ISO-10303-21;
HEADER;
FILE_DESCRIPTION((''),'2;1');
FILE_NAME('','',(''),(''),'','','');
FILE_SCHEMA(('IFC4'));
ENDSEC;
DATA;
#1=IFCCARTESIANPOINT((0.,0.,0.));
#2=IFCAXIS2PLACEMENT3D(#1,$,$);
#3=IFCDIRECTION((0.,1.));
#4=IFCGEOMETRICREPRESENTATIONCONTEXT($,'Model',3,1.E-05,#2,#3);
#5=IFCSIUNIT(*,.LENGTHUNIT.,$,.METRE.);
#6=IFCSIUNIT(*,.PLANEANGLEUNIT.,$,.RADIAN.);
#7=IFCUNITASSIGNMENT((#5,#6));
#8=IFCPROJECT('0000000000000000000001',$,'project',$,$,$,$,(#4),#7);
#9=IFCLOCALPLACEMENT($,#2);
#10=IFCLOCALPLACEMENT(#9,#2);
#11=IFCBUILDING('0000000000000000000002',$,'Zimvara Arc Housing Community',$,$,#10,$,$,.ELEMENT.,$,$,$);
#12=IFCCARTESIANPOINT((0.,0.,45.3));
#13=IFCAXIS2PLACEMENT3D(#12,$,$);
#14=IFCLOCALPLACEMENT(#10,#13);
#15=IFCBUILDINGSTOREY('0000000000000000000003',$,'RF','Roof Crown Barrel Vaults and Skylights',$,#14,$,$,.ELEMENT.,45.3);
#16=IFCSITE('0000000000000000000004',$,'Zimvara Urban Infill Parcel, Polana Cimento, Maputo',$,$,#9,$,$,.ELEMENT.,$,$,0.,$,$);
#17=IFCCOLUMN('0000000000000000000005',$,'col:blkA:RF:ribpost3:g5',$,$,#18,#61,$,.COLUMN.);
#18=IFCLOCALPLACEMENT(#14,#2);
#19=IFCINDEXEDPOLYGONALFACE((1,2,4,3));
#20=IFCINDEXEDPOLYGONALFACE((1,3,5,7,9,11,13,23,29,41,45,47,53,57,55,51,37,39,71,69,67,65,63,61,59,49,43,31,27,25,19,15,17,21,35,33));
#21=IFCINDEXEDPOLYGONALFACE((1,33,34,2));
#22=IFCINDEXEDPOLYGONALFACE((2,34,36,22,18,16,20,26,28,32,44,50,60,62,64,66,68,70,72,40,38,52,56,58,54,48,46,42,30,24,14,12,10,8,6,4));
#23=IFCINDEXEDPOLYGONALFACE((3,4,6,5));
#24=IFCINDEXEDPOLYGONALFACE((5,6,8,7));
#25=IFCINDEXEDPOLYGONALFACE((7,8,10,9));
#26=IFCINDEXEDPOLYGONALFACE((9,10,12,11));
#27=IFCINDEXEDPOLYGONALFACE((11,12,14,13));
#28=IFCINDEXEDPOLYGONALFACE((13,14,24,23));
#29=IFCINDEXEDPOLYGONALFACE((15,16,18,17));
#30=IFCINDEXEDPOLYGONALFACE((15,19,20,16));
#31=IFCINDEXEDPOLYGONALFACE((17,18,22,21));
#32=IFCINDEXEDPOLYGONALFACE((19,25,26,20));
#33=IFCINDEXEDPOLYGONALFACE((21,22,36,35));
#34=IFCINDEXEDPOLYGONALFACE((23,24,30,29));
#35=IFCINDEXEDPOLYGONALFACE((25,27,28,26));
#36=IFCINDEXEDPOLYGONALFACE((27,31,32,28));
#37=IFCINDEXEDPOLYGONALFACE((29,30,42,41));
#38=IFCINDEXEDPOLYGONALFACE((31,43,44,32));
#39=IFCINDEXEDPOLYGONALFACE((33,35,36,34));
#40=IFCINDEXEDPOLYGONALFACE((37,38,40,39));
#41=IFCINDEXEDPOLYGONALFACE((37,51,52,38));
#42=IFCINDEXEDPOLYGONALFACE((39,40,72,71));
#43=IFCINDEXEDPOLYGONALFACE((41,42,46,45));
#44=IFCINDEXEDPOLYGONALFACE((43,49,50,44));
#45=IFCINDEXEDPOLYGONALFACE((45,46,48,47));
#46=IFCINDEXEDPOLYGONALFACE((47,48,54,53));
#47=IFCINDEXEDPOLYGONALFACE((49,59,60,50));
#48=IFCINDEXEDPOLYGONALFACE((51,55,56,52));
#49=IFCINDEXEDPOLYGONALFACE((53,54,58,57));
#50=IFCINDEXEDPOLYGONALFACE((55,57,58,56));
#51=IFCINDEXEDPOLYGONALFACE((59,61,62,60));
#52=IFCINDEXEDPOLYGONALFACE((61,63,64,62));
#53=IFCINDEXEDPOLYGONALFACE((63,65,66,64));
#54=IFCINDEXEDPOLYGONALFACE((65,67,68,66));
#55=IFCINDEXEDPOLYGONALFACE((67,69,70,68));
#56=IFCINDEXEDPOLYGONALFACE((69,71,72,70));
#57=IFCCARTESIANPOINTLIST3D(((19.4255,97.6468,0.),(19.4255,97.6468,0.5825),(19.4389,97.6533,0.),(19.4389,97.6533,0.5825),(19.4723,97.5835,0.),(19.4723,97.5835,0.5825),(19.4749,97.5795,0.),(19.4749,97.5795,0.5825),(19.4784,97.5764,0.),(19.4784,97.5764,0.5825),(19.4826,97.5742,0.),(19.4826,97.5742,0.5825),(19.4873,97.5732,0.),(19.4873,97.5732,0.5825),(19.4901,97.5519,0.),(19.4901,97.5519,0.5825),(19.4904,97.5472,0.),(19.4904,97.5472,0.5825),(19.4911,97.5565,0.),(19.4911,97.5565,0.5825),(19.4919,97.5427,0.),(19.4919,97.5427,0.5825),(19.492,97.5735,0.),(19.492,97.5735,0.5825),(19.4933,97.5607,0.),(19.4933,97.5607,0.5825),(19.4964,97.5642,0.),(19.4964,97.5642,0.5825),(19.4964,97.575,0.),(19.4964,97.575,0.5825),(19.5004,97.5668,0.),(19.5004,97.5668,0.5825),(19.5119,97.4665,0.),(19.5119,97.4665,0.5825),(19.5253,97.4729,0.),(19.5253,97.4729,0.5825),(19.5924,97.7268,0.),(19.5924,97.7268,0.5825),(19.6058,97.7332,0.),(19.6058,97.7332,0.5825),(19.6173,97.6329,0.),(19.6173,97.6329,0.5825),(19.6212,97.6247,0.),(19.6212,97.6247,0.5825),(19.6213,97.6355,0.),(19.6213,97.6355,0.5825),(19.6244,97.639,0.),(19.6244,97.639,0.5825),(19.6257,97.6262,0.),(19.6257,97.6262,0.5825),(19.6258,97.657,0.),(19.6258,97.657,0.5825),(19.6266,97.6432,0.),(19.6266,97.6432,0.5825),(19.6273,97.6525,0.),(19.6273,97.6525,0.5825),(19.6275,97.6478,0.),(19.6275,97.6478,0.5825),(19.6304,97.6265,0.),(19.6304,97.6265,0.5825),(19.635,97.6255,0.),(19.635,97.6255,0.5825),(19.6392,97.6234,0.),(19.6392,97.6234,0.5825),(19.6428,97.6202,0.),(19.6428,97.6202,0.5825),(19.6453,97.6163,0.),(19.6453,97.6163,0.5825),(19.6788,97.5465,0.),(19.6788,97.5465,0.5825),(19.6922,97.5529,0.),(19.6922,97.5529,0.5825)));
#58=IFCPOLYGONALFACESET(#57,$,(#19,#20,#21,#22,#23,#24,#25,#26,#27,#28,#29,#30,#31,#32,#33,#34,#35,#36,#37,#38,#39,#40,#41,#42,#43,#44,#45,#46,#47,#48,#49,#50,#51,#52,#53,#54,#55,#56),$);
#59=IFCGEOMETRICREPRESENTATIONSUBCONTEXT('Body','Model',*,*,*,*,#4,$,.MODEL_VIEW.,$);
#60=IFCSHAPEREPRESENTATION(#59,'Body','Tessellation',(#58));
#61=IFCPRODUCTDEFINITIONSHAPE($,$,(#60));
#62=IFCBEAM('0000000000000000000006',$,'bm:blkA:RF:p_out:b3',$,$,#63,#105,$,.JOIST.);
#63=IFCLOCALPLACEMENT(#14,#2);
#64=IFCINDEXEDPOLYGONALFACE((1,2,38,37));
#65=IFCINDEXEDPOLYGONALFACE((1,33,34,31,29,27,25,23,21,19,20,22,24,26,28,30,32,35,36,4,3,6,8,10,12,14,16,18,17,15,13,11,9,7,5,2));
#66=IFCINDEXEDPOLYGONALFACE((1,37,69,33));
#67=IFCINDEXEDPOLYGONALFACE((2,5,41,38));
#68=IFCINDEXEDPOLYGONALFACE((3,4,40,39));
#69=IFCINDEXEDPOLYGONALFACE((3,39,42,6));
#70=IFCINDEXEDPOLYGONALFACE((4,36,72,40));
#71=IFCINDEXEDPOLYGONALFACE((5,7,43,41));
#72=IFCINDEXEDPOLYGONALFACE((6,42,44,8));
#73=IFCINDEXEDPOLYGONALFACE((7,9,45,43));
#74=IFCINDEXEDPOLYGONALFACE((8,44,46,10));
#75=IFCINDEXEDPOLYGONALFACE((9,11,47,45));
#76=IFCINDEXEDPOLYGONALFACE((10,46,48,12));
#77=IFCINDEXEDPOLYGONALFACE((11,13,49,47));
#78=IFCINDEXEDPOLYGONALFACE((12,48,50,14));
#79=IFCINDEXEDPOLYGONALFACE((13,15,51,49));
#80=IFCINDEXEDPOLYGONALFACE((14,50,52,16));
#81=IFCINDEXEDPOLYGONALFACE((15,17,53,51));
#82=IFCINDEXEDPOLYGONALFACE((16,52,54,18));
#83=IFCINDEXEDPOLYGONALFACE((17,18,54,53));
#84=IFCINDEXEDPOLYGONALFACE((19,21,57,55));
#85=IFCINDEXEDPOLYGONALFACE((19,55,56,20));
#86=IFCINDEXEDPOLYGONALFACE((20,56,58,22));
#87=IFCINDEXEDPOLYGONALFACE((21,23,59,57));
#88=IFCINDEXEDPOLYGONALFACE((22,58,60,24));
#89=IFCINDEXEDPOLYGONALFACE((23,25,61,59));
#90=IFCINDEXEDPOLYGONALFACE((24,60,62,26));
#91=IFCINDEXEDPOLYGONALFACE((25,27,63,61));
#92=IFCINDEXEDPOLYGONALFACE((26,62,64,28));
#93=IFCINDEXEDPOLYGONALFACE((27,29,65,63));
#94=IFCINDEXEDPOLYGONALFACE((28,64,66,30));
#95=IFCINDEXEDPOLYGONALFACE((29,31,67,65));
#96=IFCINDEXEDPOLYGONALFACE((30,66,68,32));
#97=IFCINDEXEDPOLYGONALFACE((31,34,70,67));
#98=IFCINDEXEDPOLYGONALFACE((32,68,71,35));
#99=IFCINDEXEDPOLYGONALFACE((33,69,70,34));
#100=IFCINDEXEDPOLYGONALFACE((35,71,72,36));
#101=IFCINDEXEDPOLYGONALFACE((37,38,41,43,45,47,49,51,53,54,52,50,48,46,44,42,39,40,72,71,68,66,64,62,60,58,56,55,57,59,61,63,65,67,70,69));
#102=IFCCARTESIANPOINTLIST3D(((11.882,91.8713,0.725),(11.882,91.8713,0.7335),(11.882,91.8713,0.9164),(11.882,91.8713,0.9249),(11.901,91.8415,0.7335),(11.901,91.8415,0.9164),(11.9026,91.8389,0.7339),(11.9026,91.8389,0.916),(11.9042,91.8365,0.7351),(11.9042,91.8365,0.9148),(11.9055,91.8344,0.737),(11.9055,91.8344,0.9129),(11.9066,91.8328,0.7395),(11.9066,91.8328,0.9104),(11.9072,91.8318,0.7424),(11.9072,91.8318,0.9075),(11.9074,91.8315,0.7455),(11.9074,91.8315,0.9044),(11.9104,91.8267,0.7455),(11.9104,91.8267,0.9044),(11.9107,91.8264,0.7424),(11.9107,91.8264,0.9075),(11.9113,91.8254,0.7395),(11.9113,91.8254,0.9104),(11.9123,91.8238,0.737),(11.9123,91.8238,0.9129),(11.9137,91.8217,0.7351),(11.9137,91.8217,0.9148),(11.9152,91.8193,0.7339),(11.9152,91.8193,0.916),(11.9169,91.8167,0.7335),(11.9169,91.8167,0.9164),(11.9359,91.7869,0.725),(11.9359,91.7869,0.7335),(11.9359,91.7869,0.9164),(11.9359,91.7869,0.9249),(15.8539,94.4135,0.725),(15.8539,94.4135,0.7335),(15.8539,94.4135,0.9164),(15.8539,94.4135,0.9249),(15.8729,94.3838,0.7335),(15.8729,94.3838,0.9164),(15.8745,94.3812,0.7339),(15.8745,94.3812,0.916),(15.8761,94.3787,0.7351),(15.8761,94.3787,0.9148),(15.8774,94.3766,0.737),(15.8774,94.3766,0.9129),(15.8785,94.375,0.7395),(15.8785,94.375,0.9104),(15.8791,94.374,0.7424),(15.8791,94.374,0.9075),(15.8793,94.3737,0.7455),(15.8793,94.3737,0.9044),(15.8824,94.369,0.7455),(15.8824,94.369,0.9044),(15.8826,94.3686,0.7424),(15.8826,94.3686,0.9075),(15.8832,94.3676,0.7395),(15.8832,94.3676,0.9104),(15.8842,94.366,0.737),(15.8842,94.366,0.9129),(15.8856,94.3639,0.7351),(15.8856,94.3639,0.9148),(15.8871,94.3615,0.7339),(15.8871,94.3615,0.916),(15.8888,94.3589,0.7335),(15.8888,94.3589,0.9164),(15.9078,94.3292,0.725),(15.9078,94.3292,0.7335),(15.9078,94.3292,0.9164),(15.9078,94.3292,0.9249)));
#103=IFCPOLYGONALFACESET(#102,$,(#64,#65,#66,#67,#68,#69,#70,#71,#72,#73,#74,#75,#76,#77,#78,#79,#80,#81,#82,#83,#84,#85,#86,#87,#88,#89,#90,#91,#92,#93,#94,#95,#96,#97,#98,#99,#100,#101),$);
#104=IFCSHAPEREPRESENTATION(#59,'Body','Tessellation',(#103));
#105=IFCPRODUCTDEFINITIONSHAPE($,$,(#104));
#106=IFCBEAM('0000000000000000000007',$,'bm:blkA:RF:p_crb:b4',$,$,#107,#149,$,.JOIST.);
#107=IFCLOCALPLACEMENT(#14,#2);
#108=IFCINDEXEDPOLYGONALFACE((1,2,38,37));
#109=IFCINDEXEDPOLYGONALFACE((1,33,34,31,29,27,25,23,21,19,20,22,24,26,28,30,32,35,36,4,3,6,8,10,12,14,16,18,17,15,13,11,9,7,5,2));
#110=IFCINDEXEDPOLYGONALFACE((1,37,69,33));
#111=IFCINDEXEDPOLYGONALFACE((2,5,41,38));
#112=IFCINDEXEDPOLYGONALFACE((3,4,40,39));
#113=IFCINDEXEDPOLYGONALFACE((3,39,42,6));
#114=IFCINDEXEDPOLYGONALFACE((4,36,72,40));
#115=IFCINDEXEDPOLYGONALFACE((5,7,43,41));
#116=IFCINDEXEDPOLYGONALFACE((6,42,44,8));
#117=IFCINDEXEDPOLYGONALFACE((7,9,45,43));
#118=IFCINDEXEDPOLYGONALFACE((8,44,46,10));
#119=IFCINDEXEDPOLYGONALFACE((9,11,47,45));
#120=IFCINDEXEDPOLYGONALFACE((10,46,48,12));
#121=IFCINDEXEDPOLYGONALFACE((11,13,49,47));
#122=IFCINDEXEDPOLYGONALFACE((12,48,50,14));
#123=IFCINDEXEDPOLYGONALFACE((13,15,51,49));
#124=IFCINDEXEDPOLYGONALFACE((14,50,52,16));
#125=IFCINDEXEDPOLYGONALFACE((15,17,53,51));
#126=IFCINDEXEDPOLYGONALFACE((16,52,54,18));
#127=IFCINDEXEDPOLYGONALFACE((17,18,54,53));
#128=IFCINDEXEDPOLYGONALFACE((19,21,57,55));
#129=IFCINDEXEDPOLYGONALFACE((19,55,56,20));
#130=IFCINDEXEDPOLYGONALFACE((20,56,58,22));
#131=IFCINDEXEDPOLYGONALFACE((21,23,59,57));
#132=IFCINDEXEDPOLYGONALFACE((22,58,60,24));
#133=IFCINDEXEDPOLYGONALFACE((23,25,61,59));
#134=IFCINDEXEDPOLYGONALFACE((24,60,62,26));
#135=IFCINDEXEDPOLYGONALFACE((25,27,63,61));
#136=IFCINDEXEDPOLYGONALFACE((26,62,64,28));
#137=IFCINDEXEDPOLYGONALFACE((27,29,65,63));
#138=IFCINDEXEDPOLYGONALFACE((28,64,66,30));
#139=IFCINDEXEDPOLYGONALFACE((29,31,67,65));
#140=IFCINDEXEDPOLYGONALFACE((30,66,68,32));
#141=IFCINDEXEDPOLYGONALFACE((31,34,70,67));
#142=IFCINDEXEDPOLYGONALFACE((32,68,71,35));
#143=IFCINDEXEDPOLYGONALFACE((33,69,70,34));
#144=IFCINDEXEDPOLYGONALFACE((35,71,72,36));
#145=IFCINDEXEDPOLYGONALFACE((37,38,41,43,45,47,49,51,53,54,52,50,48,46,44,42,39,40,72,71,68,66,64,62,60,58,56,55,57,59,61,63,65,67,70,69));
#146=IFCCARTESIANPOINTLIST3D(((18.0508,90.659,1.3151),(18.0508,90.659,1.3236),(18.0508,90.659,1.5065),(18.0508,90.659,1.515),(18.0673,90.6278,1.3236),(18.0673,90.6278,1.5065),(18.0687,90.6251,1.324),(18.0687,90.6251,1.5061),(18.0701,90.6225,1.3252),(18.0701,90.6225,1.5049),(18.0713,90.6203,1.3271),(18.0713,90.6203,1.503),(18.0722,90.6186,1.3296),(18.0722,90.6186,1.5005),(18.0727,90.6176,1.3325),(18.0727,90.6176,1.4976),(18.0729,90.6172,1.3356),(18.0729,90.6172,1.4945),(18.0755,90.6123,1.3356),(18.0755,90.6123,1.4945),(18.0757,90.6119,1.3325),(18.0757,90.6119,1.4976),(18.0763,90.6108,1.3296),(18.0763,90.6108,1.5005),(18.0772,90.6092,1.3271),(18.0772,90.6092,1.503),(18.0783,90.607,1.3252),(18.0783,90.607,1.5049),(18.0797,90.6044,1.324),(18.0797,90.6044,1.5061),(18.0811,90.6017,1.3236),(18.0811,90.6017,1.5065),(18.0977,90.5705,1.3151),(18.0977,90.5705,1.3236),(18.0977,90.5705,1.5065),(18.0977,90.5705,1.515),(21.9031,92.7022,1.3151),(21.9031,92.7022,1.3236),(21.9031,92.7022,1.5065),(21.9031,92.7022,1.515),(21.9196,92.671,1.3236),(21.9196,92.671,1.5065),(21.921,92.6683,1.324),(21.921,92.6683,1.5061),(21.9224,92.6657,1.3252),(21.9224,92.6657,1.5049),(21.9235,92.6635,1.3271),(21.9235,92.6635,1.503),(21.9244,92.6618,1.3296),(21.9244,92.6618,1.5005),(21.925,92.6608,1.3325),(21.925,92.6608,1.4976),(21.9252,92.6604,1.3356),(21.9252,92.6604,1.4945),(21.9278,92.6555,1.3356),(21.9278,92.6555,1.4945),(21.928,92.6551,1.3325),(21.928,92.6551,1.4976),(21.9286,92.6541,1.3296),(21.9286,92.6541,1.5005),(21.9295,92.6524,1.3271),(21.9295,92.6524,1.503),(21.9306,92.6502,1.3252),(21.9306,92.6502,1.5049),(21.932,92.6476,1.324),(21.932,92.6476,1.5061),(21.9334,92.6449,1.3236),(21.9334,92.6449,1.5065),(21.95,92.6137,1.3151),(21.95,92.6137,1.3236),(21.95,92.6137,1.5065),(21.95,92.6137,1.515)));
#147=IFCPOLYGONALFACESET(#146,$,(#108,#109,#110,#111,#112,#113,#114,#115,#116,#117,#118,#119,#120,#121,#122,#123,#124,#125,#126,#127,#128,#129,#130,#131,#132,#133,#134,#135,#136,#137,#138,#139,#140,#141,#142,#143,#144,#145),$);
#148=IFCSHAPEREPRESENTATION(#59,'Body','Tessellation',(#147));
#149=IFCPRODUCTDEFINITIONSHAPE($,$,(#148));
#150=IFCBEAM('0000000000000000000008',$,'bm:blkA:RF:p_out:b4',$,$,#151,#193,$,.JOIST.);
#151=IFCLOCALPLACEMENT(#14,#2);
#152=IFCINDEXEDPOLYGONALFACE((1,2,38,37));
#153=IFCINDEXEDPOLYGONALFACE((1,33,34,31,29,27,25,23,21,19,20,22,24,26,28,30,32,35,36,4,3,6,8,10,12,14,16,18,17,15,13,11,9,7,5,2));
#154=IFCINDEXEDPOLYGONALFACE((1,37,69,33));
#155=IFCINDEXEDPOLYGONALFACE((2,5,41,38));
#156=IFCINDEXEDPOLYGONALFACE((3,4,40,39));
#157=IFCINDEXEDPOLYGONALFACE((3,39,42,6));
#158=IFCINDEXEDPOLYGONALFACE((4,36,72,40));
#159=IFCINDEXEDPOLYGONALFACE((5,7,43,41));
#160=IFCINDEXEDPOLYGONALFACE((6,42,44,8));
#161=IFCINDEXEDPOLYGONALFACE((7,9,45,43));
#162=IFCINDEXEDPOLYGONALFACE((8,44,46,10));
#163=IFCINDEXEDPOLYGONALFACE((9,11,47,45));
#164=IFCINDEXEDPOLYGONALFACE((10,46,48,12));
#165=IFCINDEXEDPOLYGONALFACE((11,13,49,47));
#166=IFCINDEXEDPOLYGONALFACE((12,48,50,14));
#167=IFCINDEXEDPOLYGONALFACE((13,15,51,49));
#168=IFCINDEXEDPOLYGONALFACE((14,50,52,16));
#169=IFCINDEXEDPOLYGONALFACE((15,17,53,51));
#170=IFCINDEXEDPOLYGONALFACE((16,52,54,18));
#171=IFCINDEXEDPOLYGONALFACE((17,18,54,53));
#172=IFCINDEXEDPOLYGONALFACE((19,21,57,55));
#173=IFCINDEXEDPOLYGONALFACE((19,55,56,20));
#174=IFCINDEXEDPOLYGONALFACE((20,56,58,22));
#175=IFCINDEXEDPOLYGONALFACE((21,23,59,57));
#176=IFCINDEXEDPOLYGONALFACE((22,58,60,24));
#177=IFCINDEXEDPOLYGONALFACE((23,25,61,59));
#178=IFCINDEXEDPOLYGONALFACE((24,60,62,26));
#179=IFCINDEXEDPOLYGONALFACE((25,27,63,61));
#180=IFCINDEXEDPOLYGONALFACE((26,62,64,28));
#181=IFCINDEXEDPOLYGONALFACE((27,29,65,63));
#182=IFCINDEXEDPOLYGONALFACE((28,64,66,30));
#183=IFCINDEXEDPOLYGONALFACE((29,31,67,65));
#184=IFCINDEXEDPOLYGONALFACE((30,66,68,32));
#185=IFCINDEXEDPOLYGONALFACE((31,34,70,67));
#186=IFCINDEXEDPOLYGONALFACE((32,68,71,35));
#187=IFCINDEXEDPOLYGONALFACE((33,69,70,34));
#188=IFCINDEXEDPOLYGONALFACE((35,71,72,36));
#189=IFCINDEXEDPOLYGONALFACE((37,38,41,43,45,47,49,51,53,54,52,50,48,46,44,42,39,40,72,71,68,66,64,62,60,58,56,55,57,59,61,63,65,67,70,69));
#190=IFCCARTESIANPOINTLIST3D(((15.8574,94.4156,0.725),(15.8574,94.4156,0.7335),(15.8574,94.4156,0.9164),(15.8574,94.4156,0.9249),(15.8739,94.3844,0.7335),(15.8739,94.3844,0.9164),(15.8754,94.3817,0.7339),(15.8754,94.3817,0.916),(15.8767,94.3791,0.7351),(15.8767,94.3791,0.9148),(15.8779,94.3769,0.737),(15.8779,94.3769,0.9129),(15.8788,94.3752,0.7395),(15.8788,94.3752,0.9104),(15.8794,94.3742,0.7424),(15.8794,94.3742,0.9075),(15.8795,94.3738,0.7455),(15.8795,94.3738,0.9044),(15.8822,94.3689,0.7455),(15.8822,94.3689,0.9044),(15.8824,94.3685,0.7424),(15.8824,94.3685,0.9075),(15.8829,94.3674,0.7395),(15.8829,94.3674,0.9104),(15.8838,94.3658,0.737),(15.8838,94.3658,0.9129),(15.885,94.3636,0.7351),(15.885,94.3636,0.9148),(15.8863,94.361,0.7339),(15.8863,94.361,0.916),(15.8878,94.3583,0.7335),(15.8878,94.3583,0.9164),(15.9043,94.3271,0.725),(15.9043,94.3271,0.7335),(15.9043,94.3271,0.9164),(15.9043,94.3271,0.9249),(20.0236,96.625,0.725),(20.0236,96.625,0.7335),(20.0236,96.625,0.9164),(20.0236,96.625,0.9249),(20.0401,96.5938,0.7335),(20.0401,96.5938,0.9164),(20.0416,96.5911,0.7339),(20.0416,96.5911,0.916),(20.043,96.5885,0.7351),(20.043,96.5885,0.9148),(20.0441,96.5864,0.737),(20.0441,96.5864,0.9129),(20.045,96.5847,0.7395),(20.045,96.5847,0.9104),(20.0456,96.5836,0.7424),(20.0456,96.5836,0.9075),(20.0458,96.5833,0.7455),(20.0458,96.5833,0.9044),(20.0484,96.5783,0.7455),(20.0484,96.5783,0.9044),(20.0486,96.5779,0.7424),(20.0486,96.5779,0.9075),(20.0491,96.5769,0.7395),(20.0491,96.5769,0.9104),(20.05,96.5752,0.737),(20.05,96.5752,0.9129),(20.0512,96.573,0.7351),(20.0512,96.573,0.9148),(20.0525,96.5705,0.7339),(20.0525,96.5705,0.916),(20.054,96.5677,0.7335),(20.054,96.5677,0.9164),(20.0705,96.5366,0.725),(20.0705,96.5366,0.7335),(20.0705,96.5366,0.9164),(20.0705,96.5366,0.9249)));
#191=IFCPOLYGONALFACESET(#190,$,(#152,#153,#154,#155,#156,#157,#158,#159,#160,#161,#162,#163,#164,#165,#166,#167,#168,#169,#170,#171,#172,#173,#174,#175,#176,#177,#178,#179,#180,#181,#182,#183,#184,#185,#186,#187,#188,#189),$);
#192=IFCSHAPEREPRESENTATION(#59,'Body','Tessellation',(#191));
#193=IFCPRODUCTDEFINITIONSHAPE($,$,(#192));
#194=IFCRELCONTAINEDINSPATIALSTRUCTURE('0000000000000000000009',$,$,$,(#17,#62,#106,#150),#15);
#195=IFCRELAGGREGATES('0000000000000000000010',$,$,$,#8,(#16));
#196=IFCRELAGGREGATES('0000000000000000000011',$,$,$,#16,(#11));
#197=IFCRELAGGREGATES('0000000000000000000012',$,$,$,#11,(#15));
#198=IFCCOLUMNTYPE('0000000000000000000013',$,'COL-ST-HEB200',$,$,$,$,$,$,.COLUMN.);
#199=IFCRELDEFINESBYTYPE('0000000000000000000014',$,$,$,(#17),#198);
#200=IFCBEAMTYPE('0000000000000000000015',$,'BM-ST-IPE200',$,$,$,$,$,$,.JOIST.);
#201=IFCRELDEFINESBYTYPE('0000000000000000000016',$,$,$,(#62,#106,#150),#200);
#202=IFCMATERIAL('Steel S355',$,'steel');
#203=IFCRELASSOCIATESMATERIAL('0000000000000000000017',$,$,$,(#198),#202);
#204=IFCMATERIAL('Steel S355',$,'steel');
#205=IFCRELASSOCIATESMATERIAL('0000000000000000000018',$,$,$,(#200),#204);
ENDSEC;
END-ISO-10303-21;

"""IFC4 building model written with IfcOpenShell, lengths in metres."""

from ifc_helpers import new_model, si_unit, direction, frame, origin, origin_2d, place, context, subcontext, project, spatial, i_section, extrude, material, material_profile, profile_set, type_object, element, save


model = new_model("IFC4")

# Units and contexts
model_context = context("Model", 3, precision=1e-05, world=origin(), true_north=direction((0.0, 1.0)))
body_context = subcontext(model_context, "Body", "Model", "MODEL_VIEW")
ifc_project = project(units=[si_unit("LENGTHUNIT", "METRE"), si_unit("PLANEANGLEUNIT", "RADIAN")], contexts=[model_context])

# Site, building, storey
site_placement = place(None, origin())
site = spatial("IfcSite", under=ifc_project, at=site_placement, Name="Zimvara Urban Infill Parcel, Polana Cimento, Maputo", CompositionType="ELEMENT", RefElevation=0.0)
building_placement = place(site_placement, origin())
building = spatial("IfcBuilding", under=site, at=building_placement, Name="Zimvara Arc Housing Community", CompositionType="ELEMENT")
storey_placement = place(building_placement, frame((0.0, 0.0, 45.3)))
storey = spatial("IfcBuildingStorey", under=building, at=storey_placement, Name="RF", Description="Roof Crown Barrel Vaults and Skylights", CompositionType="ELEMENT", Elevation=45.3)

# Column
ifc_material_1 = material(Name="Steel S355", Category="steel")
ifc_material_profile_1 = material_profile(ifc_material_1, i_section(OverallWidth=0.2, OverallDepth=0.2, WebThickness=0.009, FlangeThickness=0.0149, FilletRadius=0.0181, at=origin_2d()), Name="HEB 200")
ifc_profile_set_1 = profile_set([ifc_material_profile_1], Name="Steel S355")
column_type = type_object("IfcColumnType", Name="COL-ST-HEB200", PredefinedType="COLUMN", material=ifc_profile_set_1)
for number, where, z_axis, x_axis, name in (
    (1, (19.5588, 97.5999, 0.0), (0.0, 0.0, 1.0), (-0.432086, 0.901833, 0.0), "col:blkA:RF:ribpost3:g5"),
):
    element("IfcColumn", number, at=place(storey_placement, frame(where, z_axis=z_axis, x_axis=x_axis)), inside=storey, type_object=column_type, Name=name, PredefinedType="COLUMN", context=body_context, shape_type="SweptSolid", body=[
        extrude(i_section(OverallWidth=0.2, OverallDepth=0.2, WebThickness=0.009, FlangeThickness=0.0149, FilletRadius=0.0181, at=origin_2d()), origin(), (0.0, 0.0, 1.0), 0.5825),
    ])

# Beams
ifc_material_2 = material(Name="Steel S355", Category="steel")
ifc_material_profile_2 = material_profile(ifc_material_2, i_section(OverallWidth=0.1001, OverallDepth=0.2, WebThickness=0.0056, FlangeThickness=0.0085, FilletRadius=0.012, at=origin_2d()), Name="IPE 200")
ifc_profile_set_2 = profile_set([ifc_material_profile_2], Name="Steel S355")
beam_type_1 = type_object("IfcBeamType", Name="BM-ST-IPE200", PredefinedType="JOIST", material=ifc_profile_set_2)
beam_1_placement = place(storey_placement, frame((11.9089, 91.8291, 0.825), z_axis=(0.842252, 0.539085, 0.0), x_axis=(-0.539085, 0.842252, 0.0)))
element("IfcBeam", 2, at=beam_1_placement, inside=storey, type_object=beam_type_1, Name="bm:blkA:RF:p_out:b3", PredefinedType="JOIST", context=body_context, shape_type="SweptSolid", body=[
    extrude(i_section(OverallWidth=0.1001, OverallDepth=0.2, WebThickness=0.0056, FlangeThickness=0.0085, FilletRadius=0.012, at=origin_2d()), origin(), (0.0, 0.0, 1.0), 4.7158),
])
beam_2_placement = place(storey_placement, frame((18.0742, 90.6147, 1.415), z_axis=(0.883431, 0.468562, 0.0), x_axis=(-0.468562, 0.883431, 0.0)))
element("IfcBeam", 3, at=beam_2_placement, inside=storey, type_object=beam_type_1, Name="bm:blkA:RF:p_crb:b4", PredefinedType="JOIST", context=body_context, shape_type="SweptSolid", body=[
    extrude(i_section(OverallWidth=0.1001, OverallDepth=0.2, WebThickness=0.0056, FlangeThickness=0.0085, FilletRadius=0.012, at=origin_2d()), origin(), (0.0, 0.0, 1.0), 4.3606),
])
beam_3_placement = place(storey_placement, frame((15.8809, 94.3713, 0.825), z_axis=(0.883454, 0.468518, 0.0), x_axis=(-0.468518, 0.883454, 0.0)))
element("IfcBeam", 4, at=beam_3_placement, inside=storey, type_object=beam_type_1, Name="bm:blkA:RF:p_out:b4", PredefinedType="JOIST", context=body_context, shape_type="SweptSolid", body=[
    extrude(i_section(OverallWidth=0.1001, OverallDepth=0.2, WebThickness=0.0056, FlangeThickness=0.0085, FilletRadius=0.012, at=origin_2d()), origin(), (0.0, 0.0, 1.0), 4.7158),
])

save(model, "model.ifc")
